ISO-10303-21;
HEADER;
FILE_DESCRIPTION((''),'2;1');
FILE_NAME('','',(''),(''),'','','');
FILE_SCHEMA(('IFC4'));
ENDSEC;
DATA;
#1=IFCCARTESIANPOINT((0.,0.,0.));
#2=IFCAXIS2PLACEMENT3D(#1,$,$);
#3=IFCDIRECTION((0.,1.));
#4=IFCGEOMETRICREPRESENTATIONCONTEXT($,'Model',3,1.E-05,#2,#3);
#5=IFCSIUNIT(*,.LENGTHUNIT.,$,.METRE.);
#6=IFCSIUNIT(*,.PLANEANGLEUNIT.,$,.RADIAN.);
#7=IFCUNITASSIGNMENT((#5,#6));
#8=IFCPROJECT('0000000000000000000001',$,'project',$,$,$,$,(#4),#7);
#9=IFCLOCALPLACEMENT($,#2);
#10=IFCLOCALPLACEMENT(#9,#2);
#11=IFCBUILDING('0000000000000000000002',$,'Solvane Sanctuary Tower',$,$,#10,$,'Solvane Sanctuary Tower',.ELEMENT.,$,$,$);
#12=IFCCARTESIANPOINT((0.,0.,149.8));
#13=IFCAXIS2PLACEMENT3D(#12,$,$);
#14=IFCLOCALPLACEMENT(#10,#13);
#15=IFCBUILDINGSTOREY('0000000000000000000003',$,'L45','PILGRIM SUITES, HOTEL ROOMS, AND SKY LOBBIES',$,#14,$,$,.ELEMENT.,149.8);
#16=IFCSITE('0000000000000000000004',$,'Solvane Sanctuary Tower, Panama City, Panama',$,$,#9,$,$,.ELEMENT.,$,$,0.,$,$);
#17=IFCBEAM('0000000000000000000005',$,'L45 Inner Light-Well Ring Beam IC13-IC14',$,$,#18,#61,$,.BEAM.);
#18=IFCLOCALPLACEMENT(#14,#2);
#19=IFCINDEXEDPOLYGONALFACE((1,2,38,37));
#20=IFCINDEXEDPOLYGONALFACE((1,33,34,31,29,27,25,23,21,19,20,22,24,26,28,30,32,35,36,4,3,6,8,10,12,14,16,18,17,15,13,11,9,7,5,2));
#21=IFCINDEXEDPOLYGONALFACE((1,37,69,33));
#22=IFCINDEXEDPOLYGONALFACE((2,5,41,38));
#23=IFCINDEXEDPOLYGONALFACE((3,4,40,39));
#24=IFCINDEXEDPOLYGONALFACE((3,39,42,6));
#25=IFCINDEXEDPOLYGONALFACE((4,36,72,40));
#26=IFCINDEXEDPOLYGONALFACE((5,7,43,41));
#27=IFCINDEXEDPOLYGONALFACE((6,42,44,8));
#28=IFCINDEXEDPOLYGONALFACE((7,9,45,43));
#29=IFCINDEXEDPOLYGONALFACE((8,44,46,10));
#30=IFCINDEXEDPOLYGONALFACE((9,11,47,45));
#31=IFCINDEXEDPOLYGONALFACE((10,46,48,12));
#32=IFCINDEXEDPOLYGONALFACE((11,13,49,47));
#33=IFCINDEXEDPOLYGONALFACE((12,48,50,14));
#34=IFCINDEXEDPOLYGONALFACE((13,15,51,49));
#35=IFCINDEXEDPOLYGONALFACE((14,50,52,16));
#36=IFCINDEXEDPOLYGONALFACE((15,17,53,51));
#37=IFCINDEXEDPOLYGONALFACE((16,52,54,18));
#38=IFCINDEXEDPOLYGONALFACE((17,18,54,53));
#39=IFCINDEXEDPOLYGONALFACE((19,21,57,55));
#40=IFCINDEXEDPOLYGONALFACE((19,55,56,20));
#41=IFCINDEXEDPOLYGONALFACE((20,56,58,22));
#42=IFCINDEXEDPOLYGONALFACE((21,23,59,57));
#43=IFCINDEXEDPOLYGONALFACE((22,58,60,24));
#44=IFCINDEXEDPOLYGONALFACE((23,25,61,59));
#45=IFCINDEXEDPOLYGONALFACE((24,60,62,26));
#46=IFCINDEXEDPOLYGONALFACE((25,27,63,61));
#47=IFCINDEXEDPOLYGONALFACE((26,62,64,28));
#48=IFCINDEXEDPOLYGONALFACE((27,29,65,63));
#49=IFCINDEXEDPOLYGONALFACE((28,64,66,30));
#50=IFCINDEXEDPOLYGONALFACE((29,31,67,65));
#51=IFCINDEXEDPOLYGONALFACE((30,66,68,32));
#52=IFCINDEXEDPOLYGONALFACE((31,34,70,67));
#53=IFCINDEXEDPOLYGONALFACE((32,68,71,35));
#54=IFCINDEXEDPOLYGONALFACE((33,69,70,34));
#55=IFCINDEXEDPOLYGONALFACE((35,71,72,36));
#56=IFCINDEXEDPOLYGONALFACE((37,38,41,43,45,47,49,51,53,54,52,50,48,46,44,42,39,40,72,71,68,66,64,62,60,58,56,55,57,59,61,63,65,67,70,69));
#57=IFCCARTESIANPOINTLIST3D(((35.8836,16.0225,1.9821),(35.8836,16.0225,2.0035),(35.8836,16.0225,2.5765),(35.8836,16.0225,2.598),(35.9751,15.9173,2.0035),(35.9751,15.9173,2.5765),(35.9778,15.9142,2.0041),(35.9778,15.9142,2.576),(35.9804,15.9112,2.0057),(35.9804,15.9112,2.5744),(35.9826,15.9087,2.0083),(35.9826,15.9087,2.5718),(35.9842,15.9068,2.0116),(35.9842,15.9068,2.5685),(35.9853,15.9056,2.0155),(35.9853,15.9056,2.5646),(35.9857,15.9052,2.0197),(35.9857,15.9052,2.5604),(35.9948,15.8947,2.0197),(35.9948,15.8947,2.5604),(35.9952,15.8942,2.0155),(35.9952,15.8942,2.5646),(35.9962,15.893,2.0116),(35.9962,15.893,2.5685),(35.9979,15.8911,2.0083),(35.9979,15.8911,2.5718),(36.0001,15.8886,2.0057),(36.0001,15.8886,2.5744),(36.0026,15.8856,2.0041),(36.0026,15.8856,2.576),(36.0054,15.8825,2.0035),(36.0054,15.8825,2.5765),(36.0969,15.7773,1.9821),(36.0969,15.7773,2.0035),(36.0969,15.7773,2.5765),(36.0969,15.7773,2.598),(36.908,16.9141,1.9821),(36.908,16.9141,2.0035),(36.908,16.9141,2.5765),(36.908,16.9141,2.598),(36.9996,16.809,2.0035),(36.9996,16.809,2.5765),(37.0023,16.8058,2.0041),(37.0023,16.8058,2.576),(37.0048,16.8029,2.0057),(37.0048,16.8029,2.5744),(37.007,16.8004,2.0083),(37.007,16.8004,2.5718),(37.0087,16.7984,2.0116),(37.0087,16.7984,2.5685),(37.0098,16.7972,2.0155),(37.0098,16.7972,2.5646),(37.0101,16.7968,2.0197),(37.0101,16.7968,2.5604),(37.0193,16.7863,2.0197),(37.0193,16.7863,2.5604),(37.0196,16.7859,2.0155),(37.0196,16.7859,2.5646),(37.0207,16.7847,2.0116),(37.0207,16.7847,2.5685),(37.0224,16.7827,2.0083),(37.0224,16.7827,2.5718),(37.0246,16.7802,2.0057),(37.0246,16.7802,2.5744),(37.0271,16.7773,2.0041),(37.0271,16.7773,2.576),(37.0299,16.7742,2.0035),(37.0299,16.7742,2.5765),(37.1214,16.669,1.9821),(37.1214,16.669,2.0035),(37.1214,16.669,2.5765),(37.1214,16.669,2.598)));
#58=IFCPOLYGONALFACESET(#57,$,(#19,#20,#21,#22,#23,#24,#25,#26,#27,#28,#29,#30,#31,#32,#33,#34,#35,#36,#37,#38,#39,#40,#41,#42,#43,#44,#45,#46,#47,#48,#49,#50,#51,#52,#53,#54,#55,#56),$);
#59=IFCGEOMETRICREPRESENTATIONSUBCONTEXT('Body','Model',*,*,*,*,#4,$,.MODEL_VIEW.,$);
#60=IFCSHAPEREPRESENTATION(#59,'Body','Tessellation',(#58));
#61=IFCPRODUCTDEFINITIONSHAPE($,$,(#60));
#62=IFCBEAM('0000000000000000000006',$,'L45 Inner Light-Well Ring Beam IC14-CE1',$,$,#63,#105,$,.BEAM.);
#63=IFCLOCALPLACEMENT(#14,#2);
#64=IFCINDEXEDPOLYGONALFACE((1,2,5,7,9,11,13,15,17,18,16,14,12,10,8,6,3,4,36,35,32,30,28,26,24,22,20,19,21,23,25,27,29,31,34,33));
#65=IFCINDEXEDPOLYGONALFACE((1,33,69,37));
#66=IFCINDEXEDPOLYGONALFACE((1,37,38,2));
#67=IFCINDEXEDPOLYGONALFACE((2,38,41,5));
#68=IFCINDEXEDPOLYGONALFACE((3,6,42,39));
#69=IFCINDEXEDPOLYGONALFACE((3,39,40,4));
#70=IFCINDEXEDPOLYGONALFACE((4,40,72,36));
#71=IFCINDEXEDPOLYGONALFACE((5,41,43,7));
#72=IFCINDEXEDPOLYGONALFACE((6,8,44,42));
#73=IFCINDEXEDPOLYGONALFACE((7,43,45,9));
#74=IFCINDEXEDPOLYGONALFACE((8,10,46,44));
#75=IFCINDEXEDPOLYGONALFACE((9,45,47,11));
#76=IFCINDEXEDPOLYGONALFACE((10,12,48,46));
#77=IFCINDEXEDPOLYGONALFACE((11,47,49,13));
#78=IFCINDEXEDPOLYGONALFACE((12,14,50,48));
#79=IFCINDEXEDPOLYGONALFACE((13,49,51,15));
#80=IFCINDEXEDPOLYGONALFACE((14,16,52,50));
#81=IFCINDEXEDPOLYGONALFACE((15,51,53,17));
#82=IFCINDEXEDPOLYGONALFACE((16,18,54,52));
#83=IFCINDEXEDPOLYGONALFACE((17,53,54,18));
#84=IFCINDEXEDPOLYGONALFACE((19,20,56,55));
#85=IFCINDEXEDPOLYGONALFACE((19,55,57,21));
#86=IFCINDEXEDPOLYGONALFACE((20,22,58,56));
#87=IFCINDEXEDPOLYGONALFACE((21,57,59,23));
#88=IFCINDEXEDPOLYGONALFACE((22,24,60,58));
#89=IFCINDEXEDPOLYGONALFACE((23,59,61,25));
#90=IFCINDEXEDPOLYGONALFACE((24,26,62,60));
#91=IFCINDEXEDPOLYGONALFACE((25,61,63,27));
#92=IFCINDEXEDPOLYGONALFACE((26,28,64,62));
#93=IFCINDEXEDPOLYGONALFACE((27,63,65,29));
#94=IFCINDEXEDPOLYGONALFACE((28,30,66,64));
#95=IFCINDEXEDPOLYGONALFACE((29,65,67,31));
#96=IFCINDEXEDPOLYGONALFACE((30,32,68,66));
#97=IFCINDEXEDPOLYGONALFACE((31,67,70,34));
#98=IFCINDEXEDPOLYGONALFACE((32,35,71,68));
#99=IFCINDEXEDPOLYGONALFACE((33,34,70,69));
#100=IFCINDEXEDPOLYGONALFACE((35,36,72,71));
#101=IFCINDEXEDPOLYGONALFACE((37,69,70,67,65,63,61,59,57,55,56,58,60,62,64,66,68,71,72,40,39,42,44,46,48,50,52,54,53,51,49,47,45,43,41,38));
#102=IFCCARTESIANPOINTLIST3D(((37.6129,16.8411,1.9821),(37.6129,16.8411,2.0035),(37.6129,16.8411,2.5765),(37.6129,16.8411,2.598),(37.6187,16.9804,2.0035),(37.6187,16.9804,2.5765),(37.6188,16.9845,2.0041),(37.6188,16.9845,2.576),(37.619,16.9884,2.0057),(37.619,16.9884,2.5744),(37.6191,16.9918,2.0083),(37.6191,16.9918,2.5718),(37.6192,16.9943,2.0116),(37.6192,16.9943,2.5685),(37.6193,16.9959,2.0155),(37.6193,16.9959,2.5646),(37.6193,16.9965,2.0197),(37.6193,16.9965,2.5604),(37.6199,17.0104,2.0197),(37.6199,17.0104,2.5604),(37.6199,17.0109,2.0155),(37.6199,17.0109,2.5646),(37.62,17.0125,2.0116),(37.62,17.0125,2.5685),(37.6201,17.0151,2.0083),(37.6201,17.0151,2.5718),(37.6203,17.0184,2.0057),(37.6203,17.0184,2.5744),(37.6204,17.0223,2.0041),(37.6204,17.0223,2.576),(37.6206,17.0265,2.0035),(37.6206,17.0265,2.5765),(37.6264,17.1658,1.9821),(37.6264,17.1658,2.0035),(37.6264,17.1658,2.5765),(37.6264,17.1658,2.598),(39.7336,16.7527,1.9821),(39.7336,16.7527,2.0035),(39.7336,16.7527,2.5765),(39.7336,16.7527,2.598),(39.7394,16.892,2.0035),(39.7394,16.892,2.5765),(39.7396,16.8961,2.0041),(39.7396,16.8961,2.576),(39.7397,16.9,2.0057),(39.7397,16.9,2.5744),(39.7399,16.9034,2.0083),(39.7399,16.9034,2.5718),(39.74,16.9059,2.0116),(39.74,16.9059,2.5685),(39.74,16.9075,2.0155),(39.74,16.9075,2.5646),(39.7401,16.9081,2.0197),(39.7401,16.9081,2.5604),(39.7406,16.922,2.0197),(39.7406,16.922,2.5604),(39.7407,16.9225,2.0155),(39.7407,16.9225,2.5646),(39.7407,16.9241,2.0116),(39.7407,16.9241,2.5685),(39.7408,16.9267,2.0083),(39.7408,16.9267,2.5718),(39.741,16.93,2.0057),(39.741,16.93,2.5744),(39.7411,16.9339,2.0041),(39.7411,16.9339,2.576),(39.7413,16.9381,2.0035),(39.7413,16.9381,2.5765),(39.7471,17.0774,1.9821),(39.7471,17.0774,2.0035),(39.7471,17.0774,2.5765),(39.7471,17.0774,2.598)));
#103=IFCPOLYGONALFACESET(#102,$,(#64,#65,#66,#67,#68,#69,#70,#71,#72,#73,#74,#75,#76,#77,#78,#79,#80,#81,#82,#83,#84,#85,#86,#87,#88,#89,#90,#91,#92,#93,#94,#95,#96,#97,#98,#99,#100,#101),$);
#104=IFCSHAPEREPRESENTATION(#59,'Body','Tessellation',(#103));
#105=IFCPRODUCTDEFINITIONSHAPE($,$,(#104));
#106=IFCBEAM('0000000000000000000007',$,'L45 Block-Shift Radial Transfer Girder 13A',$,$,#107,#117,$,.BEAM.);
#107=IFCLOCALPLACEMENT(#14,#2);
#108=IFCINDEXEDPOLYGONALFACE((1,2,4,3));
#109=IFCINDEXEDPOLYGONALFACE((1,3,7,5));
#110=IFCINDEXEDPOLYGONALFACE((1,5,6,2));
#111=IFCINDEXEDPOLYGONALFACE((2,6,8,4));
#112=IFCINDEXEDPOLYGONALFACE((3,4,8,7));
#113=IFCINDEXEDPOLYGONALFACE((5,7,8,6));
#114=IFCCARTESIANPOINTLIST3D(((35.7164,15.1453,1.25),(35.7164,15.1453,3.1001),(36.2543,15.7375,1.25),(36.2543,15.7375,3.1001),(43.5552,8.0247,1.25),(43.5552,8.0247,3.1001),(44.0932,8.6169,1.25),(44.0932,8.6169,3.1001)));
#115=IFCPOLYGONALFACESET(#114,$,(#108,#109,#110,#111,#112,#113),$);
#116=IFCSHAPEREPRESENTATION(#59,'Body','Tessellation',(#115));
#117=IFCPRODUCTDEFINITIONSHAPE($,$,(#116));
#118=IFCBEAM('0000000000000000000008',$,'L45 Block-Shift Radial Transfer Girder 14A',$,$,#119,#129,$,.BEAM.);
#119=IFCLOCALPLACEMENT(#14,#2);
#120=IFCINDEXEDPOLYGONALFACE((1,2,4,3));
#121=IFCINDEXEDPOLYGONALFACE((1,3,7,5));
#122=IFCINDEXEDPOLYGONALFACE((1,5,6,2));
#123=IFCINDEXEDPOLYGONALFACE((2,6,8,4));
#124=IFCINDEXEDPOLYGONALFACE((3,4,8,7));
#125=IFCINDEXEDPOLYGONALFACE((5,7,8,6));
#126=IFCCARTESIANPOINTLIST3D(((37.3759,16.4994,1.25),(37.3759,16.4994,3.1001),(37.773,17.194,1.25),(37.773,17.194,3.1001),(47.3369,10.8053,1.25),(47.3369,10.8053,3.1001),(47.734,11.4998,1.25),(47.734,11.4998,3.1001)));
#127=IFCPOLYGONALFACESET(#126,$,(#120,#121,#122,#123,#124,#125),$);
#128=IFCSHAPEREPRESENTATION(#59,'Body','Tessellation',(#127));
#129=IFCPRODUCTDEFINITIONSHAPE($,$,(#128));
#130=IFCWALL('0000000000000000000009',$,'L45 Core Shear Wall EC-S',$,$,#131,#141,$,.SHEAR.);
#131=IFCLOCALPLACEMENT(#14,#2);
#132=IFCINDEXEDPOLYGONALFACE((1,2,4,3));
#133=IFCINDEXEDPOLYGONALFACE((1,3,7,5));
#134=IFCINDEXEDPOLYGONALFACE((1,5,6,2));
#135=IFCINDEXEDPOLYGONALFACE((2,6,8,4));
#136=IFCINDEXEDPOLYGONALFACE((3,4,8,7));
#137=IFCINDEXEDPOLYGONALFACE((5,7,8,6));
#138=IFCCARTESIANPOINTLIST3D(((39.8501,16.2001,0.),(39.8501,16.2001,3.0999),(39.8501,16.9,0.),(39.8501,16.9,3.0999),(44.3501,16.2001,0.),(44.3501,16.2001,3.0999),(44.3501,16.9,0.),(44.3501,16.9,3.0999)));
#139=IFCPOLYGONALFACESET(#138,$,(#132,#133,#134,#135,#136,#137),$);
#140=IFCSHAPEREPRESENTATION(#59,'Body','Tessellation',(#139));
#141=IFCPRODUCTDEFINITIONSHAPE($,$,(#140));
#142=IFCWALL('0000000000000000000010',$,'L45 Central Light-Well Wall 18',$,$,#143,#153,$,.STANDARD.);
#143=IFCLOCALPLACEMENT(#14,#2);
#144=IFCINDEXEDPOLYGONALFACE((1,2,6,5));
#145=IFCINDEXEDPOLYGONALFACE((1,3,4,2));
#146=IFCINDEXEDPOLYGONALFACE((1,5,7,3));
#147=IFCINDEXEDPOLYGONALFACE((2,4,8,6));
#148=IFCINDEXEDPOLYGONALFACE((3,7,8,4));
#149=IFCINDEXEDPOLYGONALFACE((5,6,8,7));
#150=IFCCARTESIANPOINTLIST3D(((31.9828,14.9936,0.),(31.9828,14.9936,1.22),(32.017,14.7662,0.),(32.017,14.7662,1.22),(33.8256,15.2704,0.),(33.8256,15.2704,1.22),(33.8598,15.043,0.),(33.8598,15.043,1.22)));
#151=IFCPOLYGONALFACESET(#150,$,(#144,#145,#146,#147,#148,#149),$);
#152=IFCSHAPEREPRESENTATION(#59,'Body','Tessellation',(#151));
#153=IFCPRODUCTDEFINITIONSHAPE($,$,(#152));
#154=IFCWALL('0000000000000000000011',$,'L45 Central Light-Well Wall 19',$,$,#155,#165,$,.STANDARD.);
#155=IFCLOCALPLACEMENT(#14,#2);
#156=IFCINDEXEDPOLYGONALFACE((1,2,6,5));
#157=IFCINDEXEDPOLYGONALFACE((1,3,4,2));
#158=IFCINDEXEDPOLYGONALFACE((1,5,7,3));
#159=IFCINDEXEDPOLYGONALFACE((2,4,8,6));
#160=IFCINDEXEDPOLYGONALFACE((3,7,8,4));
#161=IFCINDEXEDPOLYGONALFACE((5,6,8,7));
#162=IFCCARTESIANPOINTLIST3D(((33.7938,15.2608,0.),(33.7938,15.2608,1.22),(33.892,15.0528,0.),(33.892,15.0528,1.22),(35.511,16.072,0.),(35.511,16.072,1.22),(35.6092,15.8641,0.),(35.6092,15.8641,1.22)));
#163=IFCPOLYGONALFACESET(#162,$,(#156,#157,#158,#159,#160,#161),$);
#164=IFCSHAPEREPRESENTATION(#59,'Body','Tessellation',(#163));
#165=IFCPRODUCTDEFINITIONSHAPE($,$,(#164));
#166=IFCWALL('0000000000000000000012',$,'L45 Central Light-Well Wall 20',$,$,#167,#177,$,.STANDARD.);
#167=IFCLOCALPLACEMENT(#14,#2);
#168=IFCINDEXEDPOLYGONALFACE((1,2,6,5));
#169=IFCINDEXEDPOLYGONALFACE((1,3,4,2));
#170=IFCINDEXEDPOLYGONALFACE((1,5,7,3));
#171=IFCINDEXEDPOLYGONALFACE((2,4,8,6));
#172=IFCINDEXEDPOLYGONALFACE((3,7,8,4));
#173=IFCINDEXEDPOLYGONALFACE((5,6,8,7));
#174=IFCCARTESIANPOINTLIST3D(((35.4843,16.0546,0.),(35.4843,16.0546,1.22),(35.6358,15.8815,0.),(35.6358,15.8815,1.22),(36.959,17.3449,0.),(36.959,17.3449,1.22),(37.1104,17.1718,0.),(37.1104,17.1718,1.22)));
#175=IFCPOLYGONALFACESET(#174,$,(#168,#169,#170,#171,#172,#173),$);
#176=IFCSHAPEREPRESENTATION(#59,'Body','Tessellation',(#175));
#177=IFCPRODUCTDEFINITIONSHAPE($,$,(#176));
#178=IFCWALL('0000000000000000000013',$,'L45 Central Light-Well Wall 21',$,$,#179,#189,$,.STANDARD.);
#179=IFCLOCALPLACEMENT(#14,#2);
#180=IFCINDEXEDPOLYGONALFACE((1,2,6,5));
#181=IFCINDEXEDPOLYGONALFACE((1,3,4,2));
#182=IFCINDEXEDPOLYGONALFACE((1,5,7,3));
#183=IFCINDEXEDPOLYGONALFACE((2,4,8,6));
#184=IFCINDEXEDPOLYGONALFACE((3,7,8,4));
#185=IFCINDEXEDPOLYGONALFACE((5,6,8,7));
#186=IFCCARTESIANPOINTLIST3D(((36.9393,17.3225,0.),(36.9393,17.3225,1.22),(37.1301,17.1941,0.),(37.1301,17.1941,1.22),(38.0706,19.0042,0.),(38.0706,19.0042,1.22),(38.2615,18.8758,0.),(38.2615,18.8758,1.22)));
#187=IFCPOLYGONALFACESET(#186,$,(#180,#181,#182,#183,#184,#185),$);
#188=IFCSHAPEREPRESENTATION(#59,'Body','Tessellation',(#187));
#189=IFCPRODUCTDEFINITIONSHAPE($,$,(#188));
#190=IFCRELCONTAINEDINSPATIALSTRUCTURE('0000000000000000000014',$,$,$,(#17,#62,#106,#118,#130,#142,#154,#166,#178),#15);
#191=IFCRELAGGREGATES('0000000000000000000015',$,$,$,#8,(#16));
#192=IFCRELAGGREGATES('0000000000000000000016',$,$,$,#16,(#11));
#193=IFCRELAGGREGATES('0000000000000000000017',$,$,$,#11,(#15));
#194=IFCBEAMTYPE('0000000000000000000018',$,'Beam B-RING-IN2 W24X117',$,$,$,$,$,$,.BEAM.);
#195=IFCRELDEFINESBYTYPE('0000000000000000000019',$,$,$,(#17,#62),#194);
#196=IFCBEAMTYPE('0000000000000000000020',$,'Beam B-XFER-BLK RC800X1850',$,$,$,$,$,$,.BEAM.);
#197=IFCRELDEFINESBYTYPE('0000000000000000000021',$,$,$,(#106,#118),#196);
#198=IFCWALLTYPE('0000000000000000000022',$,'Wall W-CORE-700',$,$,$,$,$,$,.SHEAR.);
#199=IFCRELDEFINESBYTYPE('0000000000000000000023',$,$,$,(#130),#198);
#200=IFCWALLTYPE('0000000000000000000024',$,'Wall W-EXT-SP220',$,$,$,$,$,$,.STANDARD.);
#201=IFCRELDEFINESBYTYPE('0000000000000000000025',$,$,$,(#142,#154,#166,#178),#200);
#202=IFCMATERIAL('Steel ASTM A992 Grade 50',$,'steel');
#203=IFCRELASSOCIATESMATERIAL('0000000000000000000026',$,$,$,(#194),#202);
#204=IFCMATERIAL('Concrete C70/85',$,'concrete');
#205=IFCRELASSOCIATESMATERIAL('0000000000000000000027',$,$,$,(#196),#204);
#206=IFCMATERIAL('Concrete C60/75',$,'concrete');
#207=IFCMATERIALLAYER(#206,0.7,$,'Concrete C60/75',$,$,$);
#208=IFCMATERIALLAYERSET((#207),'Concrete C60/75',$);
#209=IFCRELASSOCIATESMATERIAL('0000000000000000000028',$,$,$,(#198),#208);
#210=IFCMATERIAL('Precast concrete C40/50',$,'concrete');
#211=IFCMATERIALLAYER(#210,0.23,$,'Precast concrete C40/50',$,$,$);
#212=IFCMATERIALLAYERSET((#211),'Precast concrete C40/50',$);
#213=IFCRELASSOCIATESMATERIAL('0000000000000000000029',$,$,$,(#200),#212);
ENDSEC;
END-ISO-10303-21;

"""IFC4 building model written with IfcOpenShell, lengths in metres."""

from ifc_helpers import new_model, si_unit, direction, frame, frame_2d, origin, origin_2d, place, context, subcontext, project, spatial, rectangle, i_section, extrude, material, layer, layer_set, material_profile, profile_set, type_object, element, save


model = new_model("IFC4")

# Units and contexts
model_context = context("Model", 3, precision=1e-05, world=origin(), true_north=direction((0.0, 1.0)))
body_context = subcontext(model_context, "Body", "Model", "MODEL_VIEW")
ifc_project = project(units=[si_unit("LENGTHUNIT", "METRE"), si_unit("PLANEANGLEUNIT", "RADIAN")], contexts=[model_context])

# Site, building, storey
site_placement = place(None, origin())
site = spatial("IfcSite", under=ifc_project, at=site_placement, Name="Solvane Sanctuary Tower, Panama City, Panama", CompositionType="ELEMENT", RefElevation=0.0)
building_placement = place(site_placement, origin())
building = spatial("IfcBuilding", under=site, at=building_placement, Name="Solvane Sanctuary Tower", LongName="Solvane Sanctuary Tower", CompositionType="ELEMENT")
storey_placement = place(building_placement, frame((0.0, 0.0, 149.8)))
storey = spatial("IfcBuildingStorey", under=building, at=storey_placement, Name="L45", Description="PILGRIM SUITES, HOTEL ROOMS, AND SKY LOBBIES", CompositionType="ELEMENT", Elevation=149.8)

# Shared definitions
ifc_material_1 = material(Name="Concrete C70/85", Category="concrete")

# Beams
ifc_material_2 = material(Name="Steel ASTM A992 Grade 50", Category="steel")
ifc_material_profile_1 = material_profile(ifc_material_2, i_section(OverallWidth=0.325, OverallDepth=0.616, WebThickness=0.0139, FlangeThickness=0.0215, FilletRadius=0.0161, at=origin_2d()), Name="W24X117")
ifc_profile_set_1 = profile_set([ifc_material_profile_1], Name="Steel ASTM A992 Grade 50")
beam_type_1 = type_object("IfcBeamType", Name="Beam B-RING-IN2 W24X117", PredefinedType="BEAM", material=ifc_profile_set_1)
beam_1_placement = place(storey_placement, frame((35.9902, 15.8999, 2.29), z_axis=(0.754311, 0.656517, 0.0), x_axis=(-0.656517, 0.754311, 0.0)))
element("IfcBeam", 1, at=beam_1_placement, inside=storey, type_object=beam_type_1, Name="L45 Inner Light-Well Ring Beam IC13-IC14", PredefinedType="BEAM", context=body_context, shape_type="SweptSolid", body=[
    extrude(i_section(OverallWidth=0.325, OverallDepth=0.616, WebThickness=0.0139, FlangeThickness=0.0215, FilletRadius=0.0161, at=origin_2d()), origin(), (0.0, 0.0, 1.0), 1.3582),
])
beam_2_placement = place(storey_placement, frame((37.6196, 17.0034, 2.29), z_axis=(0.999133, -0.04164, 0.0), x_axis=(0.04164, 0.999133, 0.0)))
element("IfcBeam", 2, at=beam_2_placement, inside=storey, type_object=beam_type_1, Name="L45 Inner Light-Well Ring Beam IC14-CE1", PredefinedType="BEAM", context=body_context, shape_type="SweptSolid", body=[
    extrude(i_section(OverallWidth=0.325, OverallDepth=0.616, WebThickness=0.0139, FlangeThickness=0.0215, FilletRadius=0.0161, at=origin_2d()), origin(), (0.0, 0.0, 1.0), 2.1226),
])
ifc_material_profile_2 = material_profile(ifc_material_1, rectangle(XDim=0.8, YDim=1.8501, at=origin_2d()), Name="RC800X1850")
ifc_profile_set_2 = profile_set([ifc_material_profile_2], Name="Concrete C70/85")
beam_type_2 = type_object("IfcBeamType", Name="Beam B-XFER-BLK RC800X1850", PredefinedType="BEAM", material=ifc_profile_set_2)
beam_3_placement = place(storey_placement, frame((35.9854, 15.4414, 2.175), z_axis=(0.740205, -0.672381, 0.0), x_axis=(0.672381, 0.740205, 0.0)))
element("IfcBeam", 3, at=beam_3_placement, inside=storey, type_object=beam_type_2, Name="L45 Block-Shift Radial Transfer Girder 13A", PredefinedType="BEAM", context=body_context, shape_type="SweptSolid", body=[
    extrude(rectangle(XDim=0.8, YDim=1.8501, at=origin_2d()), origin(), (0.0, 0.0, 1.0), 10.5901),
])
beam_4_placement = place(storey_placement, frame((37.5745, 16.8467, 2.175), z_axis=(0.868163, -0.496279, 0.0), x_axis=(0.496279, 0.868163, 0.0)))
element("IfcBeam", 4, at=beam_4_placement, inside=storey, type_object=beam_type_2, Name="L45 Block-Shift Radial Transfer Girder 14A", PredefinedType="BEAM", context=body_context, shape_type="SweptSolid", body=[
    extrude(rectangle(XDim=0.8, YDim=1.8501, at=origin_2d()), origin(), (0.0, 0.0, 1.0), 11.4736),
])

# Walls
ifc_material_3 = material(Name="Concrete C60/75", Category="concrete")
ifc_layer_1 = layer(ifc_material_3, 0.7, Name="Concrete C60/75")
ifc_layer_set_1 = layer_set([ifc_layer_1], Name="Concrete C60/75")
wall_type_1 = type_object("IfcWallType", Name="Wall W-CORE-700", PredefinedType="SHEAR", material=ifc_layer_set_1)
wall_1_placement = place(storey_placement, frame((39.8501, 16.55, 0.0), z_axis=(0.0, 0.0, 1.0), x_axis=(1.0, 0.0, 0.0)))
element("IfcWall", 5, at=wall_1_placement, inside=storey, type_object=wall_type_1, Name="L45 Core Shear Wall EC-S", PredefinedType="SHEAR", context=body_context, shape_type="SweptSolid", body=[
    extrude(rectangle(XDim=4.5, YDim=0.7, at=frame_2d((2.25, 0.0))), origin(), (0.0, 0.0, 1.0), 3.0999),
])
ifc_material_4 = material(Name="Precast concrete C40/50", Category="concrete")
ifc_layer_2 = layer(ifc_material_4, 0.23, Name="Precast concrete C40/50")
ifc_layer_set_2 = layer_set([ifc_layer_2], Name="Precast concrete C40/50")
wall_type_2 = type_object("IfcWallType", Name="Wall W-EXT-SP220", PredefinedType="STANDARD", material=ifc_layer_set_2)
wall_2_placement = place(storey_placement, frame((32.0, 14.8799, 0.0), z_axis=(0.0, 0.0, 1.0), x_axis=(0.988902, 0.148571, 0.0)))
element("IfcWall", 6, at=wall_2_placement, inside=storey, type_object=wall_type_2, Name="L45 Central Light-Well Wall 18", PredefinedType="STANDARD", context=body_context, shape_type="SweptSolid", body=[
    extrude(rectangle(XDim=1.8635, YDim=0.23, at=frame_2d((0.9316, 0.0))), origin(), (0.0, 0.0, 1.0), 1.22),
])
wall_3_placement = place(storey_placement, frame((33.8428, 15.1567, 0.0), z_axis=(0.0, 0.0, 1.0), x_axis=(0.90418, 0.427152, 0.0)))
element("IfcWall", 7, at=wall_3_placement, inside=storey, type_object=wall_type_2, Name="L45 Central Light-Well Wall 19", PredefinedType="STANDARD", context=body_context, shape_type="SweptSolid", body=[
    extrude(rectangle(XDim=1.8992, YDim=0.23, at=frame_2d((0.9497, 0.0))), origin(), (0.0, 0.0, 1.0), 1.22),
])
wall_4_placement = place(storey_placement, frame((35.5601, 15.968, 0.0), z_axis=(0.0, 0.0, 1.0), x_axis=(0.752577, 0.658505, 0.0)))
element("IfcWall", 8, at=wall_4_placement, inside=storey, type_object=wall_type_2, Name="L45 Central Light-Well Wall 20", PredefinedType="STANDARD", context=body_context, shape_type="SweptSolid", body=[
    extrude(rectangle(XDim=1.9595, YDim=0.23, at=frame_2d((0.9797, 0.0))), origin(), (0.0, 0.0, 1.0), 1.22),
])
wall_5_placement = place(storey_placement, frame((37.0347, 17.2583, 0.0), z_axis=(0.0, 0.0, 1.0), x_axis=(0.558198, 0.829708, 0.0)))
element("IfcWall", 9, at=wall_5_placement, inside=storey, type_object=wall_type_2, Name="L45 Central Light-Well Wall 21", PredefinedType="STANDARD", context=body_context, shape_type="SweptSolid", body=[
    extrude(rectangle(XDim=2.0269, YDim=0.23, at=frame_2d((1.0134, 0.0))), origin(), (0.0, 0.0, 1.0), 1.22),
])

save(model, "model.ifc")
